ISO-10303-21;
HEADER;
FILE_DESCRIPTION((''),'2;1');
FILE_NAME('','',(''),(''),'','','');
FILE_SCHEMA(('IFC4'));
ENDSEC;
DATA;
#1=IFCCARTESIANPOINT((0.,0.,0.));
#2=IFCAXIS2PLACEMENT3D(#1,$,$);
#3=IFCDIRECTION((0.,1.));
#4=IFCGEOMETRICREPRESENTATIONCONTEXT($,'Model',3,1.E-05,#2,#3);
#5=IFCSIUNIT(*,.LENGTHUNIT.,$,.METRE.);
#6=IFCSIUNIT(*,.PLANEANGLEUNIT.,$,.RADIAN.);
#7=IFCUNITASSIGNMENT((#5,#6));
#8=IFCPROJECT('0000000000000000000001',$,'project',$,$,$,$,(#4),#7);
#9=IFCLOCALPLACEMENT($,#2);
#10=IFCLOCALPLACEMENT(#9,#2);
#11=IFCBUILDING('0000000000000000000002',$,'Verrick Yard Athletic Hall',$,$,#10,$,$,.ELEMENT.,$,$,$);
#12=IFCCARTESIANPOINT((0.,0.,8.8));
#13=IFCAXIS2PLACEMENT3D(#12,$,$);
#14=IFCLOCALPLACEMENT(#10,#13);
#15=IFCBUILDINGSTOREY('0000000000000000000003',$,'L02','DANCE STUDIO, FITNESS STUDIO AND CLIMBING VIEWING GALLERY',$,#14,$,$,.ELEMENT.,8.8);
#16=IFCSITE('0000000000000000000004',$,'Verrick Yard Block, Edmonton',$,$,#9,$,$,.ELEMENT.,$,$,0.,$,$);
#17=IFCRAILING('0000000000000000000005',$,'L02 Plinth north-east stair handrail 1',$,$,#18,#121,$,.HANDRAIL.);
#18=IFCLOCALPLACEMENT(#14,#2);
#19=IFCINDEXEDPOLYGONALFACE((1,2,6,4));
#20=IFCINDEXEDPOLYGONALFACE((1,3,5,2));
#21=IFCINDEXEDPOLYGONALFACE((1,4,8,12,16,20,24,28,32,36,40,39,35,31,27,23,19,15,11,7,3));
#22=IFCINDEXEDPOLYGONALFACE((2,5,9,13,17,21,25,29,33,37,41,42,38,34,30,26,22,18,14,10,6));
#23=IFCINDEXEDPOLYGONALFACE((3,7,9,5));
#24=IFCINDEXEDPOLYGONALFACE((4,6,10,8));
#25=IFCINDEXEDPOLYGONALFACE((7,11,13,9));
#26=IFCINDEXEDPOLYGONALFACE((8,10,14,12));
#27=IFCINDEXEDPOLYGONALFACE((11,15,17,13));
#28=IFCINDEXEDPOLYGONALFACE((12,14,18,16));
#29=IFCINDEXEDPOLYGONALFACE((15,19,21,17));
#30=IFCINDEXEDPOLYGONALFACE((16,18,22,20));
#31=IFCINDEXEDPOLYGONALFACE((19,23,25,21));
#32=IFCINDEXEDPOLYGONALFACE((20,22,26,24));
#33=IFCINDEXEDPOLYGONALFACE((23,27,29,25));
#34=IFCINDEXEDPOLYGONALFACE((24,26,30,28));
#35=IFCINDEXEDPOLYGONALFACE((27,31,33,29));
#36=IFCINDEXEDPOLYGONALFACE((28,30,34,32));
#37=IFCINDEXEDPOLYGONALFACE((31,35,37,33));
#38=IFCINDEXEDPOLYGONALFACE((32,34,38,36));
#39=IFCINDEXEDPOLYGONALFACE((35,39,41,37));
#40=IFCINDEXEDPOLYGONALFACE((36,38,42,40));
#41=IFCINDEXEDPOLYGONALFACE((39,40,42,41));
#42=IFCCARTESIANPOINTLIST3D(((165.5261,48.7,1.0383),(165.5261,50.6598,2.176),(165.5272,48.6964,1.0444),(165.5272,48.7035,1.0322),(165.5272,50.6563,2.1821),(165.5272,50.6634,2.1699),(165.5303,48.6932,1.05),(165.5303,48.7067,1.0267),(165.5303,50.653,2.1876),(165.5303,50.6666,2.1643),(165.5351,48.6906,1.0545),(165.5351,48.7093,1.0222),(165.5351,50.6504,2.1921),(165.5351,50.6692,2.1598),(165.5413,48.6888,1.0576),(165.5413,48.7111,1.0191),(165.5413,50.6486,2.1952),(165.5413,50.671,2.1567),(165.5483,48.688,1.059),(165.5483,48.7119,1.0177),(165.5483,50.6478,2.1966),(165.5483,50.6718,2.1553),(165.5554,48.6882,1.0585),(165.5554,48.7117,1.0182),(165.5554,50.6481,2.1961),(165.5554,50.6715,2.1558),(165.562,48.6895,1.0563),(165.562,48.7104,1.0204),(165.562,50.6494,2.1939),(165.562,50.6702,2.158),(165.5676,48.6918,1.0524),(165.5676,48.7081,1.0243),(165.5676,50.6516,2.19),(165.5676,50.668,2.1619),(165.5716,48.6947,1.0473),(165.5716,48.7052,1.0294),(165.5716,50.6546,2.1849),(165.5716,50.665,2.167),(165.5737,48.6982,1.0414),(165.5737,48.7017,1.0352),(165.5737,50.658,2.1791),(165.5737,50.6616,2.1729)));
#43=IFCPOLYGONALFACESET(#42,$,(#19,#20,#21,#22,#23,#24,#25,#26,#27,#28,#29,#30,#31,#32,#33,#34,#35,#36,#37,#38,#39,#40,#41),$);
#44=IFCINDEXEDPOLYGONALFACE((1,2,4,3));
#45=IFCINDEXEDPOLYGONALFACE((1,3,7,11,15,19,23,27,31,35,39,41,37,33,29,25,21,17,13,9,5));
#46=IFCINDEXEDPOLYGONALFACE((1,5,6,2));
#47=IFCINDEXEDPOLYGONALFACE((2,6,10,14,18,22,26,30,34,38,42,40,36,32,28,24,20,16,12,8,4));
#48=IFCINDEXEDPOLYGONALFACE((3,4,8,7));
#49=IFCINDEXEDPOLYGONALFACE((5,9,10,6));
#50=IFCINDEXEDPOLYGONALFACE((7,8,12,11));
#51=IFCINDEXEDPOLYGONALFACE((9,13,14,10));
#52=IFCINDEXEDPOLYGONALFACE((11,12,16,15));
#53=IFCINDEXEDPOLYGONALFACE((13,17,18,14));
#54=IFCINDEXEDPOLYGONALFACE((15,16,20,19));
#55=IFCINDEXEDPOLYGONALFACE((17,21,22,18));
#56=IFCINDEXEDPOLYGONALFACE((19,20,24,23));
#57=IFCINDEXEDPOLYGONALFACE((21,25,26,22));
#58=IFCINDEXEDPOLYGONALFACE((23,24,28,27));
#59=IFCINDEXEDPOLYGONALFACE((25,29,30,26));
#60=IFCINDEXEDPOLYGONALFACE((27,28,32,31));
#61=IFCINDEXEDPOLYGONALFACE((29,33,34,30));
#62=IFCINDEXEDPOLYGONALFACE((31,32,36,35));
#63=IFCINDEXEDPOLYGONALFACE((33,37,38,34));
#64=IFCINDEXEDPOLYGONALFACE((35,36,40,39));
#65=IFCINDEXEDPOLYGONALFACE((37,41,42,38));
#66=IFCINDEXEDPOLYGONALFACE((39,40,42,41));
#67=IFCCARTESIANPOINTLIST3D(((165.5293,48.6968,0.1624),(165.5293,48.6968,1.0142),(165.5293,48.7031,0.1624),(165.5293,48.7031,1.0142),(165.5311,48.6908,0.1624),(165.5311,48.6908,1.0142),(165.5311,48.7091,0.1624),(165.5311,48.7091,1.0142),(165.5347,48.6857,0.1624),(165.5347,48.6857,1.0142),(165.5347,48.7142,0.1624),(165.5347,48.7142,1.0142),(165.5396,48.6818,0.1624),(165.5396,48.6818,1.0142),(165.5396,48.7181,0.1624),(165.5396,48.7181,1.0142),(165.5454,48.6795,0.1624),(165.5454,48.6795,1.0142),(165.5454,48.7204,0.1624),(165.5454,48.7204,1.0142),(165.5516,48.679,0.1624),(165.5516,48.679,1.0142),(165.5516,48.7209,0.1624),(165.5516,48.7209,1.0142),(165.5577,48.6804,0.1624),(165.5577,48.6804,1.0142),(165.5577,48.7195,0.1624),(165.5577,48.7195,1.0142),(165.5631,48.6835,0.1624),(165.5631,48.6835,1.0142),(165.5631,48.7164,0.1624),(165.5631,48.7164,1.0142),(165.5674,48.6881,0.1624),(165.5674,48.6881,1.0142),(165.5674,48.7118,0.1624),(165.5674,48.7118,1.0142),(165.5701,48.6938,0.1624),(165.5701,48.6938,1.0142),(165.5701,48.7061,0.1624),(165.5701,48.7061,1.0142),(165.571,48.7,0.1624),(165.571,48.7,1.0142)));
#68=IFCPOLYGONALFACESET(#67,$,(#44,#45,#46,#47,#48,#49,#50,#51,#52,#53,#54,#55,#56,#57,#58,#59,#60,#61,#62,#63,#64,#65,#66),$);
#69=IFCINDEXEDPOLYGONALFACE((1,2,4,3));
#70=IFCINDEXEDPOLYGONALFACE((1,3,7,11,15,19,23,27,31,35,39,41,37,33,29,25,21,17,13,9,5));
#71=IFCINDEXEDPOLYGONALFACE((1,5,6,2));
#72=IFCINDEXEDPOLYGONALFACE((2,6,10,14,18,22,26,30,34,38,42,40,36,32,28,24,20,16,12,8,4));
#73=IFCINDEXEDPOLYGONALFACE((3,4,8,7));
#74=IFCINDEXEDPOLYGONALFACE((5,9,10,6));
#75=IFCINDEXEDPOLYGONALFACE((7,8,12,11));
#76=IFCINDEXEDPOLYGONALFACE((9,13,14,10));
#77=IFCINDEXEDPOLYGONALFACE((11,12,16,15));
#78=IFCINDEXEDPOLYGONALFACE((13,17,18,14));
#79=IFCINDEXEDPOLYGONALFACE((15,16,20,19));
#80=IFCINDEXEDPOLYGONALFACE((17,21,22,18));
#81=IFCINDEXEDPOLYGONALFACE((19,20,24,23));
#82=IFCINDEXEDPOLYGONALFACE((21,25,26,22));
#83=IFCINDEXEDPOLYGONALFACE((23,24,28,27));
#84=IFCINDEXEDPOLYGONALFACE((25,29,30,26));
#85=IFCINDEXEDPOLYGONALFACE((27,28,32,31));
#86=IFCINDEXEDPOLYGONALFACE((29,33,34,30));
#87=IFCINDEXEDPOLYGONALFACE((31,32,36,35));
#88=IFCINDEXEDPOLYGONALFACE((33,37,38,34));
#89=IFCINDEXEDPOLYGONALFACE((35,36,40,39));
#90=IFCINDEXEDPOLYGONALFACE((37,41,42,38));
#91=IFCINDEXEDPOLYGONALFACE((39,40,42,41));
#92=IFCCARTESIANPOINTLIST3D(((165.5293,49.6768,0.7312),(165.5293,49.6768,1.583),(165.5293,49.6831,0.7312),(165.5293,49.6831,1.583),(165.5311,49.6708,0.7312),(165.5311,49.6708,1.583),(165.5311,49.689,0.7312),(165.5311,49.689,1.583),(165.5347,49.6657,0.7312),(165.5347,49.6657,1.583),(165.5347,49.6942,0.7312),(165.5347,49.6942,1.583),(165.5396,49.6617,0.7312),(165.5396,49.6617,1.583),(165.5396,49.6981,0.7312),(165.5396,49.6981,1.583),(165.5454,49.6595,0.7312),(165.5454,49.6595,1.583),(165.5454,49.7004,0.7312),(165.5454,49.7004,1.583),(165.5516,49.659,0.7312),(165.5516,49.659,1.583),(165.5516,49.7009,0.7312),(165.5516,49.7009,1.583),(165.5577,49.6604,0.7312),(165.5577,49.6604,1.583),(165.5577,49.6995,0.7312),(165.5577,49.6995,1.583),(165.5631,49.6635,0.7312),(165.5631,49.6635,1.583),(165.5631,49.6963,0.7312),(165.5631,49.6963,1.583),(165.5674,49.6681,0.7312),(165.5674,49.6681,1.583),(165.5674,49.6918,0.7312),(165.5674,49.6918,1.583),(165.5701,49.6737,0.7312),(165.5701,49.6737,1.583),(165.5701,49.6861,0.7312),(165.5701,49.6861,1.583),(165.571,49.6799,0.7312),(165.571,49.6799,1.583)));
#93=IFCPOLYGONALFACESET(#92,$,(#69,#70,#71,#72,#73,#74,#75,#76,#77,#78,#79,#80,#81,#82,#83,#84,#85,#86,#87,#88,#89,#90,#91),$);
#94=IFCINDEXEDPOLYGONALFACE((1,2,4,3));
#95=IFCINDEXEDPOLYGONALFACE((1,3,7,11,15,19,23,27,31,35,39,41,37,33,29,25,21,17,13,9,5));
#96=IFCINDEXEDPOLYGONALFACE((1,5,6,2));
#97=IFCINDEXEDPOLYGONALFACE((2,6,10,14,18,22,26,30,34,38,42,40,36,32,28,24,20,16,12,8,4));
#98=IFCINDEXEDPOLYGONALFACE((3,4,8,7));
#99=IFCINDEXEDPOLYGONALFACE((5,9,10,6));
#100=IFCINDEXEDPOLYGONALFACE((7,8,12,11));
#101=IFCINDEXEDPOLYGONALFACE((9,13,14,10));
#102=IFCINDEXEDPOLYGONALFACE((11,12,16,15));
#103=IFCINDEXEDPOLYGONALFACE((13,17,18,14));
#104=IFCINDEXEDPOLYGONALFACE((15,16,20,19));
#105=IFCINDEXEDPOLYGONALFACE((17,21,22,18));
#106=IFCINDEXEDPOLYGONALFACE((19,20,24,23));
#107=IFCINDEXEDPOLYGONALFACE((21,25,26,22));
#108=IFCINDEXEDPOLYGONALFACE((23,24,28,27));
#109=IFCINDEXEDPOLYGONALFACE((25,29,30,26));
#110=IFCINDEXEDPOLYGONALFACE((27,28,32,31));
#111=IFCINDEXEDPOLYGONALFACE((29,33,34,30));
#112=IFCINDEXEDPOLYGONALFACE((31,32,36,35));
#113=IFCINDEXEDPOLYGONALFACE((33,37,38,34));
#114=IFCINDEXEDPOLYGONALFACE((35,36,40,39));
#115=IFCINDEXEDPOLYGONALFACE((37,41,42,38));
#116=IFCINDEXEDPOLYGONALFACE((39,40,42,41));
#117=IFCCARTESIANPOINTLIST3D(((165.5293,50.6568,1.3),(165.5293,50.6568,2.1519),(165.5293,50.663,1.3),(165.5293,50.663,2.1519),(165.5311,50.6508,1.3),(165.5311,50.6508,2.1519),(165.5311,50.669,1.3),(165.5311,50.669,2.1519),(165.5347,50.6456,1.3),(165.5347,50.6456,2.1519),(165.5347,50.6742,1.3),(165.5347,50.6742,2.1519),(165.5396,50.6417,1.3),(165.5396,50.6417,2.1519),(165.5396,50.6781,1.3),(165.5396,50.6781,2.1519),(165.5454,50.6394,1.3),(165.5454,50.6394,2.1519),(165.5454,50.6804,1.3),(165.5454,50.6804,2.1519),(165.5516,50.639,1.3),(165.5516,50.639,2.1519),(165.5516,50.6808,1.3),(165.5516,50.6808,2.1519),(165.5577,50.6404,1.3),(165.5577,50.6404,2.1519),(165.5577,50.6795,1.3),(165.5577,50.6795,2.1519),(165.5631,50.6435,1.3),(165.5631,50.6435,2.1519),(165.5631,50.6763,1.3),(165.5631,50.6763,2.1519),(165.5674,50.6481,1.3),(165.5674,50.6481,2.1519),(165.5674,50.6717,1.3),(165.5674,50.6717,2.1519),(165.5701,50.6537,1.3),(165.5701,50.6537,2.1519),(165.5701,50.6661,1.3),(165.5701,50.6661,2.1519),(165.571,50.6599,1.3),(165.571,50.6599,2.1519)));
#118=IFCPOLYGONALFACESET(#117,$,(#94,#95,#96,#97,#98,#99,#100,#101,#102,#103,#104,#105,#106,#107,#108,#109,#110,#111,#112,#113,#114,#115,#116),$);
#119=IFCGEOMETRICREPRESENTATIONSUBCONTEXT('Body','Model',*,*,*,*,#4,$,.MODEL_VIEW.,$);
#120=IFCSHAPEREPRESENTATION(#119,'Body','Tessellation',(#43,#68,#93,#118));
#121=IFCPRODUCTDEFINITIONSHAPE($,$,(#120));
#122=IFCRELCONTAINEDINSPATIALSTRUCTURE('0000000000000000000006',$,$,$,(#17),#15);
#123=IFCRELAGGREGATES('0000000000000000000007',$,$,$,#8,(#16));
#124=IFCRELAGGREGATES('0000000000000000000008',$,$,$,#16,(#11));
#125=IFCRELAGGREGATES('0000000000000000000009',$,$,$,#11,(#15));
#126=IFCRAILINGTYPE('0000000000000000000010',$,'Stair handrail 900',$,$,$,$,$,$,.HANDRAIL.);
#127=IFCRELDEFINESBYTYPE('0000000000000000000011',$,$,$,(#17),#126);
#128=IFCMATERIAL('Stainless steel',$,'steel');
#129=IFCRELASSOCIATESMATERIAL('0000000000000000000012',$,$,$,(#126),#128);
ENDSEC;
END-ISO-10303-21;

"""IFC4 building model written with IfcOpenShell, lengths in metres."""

from ifc_helpers import new_model, si_unit, direction, frame, origin, origin_2d, place, context, subcontext, project, spatial, circle, extrude, material, type_object, element, save


model = new_model("IFC4")

# Units and contexts
model_context = context("Model", 3, precision=1e-05, world=origin(), true_north=direction((0.0, 1.0)))
body_context = subcontext(model_context, "Body", "Model", "MODEL_VIEW")
ifc_project = project(units=[si_unit("LENGTHUNIT", "METRE"), si_unit("PLANEANGLEUNIT", "RADIAN")], contexts=[model_context])

# Site, building, storey
site_placement = place(None, origin())
site = spatial("IfcSite", under=ifc_project, at=site_placement, Name="Verrick Yard Block, Edmonton", CompositionType="ELEMENT", RefElevation=0.0)
building_placement = place(site_placement, origin())
building = spatial("IfcBuilding", under=site, at=building_placement, Name="Verrick Yard Athletic Hall", CompositionType="ELEMENT")
storey_placement = place(building_placement, frame((0.0, 0.0, 8.8)))
storey = spatial("IfcBuildingStorey", under=building, at=storey_placement, Name="L02", Description="DANCE STUDIO, FITNESS STUDIO AND CLIMBING VIEWING GALLERY", CompositionType="ELEMENT", Elevation=8.8)

# Railing
ifc_material_1 = material(Name="Stainless steel", Category="steel")
railing_type_1 = type_object("IfcRailingType", Name="Stair handrail 900", PredefinedType="HANDRAIL", material=ifc_material_1)
railing_1_placement = place(storey_placement, frame((165.55, 48.7, 0.1624)))
element("IfcRailing", 1, at=railing_1_placement, inside=storey, type_object=railing_type_1, Name="L02 Plinth north-east stair handrail 1", PredefinedType="HANDRAIL", context=body_context, shape_type="SweptSolid", body=[
    extrude(circle(Radius=0.0239, at=origin_2d()), frame((0.0, 0.0, 0.876), z_axis=(0.0, 0.864855, 0.502021), x_axis=(-1.0, 0.0, 0.0)), (0.0, 0.0, 1.0), 2.2661),
    extrude(circle(Radius=0.021, at=origin_2d()), origin(), (0.0, 0.0, 1.0), 0.8518),
    extrude(circle(Radius=0.021, at=origin_2d()), frame((0.0, 0.98, 0.5688)), (0.0, 0.0, 1.0), 0.8518),
    extrude(circle(Radius=0.021, at=origin_2d()), frame((0.0, 1.96, 1.1377)), (0.0, 0.0, 1.0), 0.8518),
])

save(model, "model.ifc")
